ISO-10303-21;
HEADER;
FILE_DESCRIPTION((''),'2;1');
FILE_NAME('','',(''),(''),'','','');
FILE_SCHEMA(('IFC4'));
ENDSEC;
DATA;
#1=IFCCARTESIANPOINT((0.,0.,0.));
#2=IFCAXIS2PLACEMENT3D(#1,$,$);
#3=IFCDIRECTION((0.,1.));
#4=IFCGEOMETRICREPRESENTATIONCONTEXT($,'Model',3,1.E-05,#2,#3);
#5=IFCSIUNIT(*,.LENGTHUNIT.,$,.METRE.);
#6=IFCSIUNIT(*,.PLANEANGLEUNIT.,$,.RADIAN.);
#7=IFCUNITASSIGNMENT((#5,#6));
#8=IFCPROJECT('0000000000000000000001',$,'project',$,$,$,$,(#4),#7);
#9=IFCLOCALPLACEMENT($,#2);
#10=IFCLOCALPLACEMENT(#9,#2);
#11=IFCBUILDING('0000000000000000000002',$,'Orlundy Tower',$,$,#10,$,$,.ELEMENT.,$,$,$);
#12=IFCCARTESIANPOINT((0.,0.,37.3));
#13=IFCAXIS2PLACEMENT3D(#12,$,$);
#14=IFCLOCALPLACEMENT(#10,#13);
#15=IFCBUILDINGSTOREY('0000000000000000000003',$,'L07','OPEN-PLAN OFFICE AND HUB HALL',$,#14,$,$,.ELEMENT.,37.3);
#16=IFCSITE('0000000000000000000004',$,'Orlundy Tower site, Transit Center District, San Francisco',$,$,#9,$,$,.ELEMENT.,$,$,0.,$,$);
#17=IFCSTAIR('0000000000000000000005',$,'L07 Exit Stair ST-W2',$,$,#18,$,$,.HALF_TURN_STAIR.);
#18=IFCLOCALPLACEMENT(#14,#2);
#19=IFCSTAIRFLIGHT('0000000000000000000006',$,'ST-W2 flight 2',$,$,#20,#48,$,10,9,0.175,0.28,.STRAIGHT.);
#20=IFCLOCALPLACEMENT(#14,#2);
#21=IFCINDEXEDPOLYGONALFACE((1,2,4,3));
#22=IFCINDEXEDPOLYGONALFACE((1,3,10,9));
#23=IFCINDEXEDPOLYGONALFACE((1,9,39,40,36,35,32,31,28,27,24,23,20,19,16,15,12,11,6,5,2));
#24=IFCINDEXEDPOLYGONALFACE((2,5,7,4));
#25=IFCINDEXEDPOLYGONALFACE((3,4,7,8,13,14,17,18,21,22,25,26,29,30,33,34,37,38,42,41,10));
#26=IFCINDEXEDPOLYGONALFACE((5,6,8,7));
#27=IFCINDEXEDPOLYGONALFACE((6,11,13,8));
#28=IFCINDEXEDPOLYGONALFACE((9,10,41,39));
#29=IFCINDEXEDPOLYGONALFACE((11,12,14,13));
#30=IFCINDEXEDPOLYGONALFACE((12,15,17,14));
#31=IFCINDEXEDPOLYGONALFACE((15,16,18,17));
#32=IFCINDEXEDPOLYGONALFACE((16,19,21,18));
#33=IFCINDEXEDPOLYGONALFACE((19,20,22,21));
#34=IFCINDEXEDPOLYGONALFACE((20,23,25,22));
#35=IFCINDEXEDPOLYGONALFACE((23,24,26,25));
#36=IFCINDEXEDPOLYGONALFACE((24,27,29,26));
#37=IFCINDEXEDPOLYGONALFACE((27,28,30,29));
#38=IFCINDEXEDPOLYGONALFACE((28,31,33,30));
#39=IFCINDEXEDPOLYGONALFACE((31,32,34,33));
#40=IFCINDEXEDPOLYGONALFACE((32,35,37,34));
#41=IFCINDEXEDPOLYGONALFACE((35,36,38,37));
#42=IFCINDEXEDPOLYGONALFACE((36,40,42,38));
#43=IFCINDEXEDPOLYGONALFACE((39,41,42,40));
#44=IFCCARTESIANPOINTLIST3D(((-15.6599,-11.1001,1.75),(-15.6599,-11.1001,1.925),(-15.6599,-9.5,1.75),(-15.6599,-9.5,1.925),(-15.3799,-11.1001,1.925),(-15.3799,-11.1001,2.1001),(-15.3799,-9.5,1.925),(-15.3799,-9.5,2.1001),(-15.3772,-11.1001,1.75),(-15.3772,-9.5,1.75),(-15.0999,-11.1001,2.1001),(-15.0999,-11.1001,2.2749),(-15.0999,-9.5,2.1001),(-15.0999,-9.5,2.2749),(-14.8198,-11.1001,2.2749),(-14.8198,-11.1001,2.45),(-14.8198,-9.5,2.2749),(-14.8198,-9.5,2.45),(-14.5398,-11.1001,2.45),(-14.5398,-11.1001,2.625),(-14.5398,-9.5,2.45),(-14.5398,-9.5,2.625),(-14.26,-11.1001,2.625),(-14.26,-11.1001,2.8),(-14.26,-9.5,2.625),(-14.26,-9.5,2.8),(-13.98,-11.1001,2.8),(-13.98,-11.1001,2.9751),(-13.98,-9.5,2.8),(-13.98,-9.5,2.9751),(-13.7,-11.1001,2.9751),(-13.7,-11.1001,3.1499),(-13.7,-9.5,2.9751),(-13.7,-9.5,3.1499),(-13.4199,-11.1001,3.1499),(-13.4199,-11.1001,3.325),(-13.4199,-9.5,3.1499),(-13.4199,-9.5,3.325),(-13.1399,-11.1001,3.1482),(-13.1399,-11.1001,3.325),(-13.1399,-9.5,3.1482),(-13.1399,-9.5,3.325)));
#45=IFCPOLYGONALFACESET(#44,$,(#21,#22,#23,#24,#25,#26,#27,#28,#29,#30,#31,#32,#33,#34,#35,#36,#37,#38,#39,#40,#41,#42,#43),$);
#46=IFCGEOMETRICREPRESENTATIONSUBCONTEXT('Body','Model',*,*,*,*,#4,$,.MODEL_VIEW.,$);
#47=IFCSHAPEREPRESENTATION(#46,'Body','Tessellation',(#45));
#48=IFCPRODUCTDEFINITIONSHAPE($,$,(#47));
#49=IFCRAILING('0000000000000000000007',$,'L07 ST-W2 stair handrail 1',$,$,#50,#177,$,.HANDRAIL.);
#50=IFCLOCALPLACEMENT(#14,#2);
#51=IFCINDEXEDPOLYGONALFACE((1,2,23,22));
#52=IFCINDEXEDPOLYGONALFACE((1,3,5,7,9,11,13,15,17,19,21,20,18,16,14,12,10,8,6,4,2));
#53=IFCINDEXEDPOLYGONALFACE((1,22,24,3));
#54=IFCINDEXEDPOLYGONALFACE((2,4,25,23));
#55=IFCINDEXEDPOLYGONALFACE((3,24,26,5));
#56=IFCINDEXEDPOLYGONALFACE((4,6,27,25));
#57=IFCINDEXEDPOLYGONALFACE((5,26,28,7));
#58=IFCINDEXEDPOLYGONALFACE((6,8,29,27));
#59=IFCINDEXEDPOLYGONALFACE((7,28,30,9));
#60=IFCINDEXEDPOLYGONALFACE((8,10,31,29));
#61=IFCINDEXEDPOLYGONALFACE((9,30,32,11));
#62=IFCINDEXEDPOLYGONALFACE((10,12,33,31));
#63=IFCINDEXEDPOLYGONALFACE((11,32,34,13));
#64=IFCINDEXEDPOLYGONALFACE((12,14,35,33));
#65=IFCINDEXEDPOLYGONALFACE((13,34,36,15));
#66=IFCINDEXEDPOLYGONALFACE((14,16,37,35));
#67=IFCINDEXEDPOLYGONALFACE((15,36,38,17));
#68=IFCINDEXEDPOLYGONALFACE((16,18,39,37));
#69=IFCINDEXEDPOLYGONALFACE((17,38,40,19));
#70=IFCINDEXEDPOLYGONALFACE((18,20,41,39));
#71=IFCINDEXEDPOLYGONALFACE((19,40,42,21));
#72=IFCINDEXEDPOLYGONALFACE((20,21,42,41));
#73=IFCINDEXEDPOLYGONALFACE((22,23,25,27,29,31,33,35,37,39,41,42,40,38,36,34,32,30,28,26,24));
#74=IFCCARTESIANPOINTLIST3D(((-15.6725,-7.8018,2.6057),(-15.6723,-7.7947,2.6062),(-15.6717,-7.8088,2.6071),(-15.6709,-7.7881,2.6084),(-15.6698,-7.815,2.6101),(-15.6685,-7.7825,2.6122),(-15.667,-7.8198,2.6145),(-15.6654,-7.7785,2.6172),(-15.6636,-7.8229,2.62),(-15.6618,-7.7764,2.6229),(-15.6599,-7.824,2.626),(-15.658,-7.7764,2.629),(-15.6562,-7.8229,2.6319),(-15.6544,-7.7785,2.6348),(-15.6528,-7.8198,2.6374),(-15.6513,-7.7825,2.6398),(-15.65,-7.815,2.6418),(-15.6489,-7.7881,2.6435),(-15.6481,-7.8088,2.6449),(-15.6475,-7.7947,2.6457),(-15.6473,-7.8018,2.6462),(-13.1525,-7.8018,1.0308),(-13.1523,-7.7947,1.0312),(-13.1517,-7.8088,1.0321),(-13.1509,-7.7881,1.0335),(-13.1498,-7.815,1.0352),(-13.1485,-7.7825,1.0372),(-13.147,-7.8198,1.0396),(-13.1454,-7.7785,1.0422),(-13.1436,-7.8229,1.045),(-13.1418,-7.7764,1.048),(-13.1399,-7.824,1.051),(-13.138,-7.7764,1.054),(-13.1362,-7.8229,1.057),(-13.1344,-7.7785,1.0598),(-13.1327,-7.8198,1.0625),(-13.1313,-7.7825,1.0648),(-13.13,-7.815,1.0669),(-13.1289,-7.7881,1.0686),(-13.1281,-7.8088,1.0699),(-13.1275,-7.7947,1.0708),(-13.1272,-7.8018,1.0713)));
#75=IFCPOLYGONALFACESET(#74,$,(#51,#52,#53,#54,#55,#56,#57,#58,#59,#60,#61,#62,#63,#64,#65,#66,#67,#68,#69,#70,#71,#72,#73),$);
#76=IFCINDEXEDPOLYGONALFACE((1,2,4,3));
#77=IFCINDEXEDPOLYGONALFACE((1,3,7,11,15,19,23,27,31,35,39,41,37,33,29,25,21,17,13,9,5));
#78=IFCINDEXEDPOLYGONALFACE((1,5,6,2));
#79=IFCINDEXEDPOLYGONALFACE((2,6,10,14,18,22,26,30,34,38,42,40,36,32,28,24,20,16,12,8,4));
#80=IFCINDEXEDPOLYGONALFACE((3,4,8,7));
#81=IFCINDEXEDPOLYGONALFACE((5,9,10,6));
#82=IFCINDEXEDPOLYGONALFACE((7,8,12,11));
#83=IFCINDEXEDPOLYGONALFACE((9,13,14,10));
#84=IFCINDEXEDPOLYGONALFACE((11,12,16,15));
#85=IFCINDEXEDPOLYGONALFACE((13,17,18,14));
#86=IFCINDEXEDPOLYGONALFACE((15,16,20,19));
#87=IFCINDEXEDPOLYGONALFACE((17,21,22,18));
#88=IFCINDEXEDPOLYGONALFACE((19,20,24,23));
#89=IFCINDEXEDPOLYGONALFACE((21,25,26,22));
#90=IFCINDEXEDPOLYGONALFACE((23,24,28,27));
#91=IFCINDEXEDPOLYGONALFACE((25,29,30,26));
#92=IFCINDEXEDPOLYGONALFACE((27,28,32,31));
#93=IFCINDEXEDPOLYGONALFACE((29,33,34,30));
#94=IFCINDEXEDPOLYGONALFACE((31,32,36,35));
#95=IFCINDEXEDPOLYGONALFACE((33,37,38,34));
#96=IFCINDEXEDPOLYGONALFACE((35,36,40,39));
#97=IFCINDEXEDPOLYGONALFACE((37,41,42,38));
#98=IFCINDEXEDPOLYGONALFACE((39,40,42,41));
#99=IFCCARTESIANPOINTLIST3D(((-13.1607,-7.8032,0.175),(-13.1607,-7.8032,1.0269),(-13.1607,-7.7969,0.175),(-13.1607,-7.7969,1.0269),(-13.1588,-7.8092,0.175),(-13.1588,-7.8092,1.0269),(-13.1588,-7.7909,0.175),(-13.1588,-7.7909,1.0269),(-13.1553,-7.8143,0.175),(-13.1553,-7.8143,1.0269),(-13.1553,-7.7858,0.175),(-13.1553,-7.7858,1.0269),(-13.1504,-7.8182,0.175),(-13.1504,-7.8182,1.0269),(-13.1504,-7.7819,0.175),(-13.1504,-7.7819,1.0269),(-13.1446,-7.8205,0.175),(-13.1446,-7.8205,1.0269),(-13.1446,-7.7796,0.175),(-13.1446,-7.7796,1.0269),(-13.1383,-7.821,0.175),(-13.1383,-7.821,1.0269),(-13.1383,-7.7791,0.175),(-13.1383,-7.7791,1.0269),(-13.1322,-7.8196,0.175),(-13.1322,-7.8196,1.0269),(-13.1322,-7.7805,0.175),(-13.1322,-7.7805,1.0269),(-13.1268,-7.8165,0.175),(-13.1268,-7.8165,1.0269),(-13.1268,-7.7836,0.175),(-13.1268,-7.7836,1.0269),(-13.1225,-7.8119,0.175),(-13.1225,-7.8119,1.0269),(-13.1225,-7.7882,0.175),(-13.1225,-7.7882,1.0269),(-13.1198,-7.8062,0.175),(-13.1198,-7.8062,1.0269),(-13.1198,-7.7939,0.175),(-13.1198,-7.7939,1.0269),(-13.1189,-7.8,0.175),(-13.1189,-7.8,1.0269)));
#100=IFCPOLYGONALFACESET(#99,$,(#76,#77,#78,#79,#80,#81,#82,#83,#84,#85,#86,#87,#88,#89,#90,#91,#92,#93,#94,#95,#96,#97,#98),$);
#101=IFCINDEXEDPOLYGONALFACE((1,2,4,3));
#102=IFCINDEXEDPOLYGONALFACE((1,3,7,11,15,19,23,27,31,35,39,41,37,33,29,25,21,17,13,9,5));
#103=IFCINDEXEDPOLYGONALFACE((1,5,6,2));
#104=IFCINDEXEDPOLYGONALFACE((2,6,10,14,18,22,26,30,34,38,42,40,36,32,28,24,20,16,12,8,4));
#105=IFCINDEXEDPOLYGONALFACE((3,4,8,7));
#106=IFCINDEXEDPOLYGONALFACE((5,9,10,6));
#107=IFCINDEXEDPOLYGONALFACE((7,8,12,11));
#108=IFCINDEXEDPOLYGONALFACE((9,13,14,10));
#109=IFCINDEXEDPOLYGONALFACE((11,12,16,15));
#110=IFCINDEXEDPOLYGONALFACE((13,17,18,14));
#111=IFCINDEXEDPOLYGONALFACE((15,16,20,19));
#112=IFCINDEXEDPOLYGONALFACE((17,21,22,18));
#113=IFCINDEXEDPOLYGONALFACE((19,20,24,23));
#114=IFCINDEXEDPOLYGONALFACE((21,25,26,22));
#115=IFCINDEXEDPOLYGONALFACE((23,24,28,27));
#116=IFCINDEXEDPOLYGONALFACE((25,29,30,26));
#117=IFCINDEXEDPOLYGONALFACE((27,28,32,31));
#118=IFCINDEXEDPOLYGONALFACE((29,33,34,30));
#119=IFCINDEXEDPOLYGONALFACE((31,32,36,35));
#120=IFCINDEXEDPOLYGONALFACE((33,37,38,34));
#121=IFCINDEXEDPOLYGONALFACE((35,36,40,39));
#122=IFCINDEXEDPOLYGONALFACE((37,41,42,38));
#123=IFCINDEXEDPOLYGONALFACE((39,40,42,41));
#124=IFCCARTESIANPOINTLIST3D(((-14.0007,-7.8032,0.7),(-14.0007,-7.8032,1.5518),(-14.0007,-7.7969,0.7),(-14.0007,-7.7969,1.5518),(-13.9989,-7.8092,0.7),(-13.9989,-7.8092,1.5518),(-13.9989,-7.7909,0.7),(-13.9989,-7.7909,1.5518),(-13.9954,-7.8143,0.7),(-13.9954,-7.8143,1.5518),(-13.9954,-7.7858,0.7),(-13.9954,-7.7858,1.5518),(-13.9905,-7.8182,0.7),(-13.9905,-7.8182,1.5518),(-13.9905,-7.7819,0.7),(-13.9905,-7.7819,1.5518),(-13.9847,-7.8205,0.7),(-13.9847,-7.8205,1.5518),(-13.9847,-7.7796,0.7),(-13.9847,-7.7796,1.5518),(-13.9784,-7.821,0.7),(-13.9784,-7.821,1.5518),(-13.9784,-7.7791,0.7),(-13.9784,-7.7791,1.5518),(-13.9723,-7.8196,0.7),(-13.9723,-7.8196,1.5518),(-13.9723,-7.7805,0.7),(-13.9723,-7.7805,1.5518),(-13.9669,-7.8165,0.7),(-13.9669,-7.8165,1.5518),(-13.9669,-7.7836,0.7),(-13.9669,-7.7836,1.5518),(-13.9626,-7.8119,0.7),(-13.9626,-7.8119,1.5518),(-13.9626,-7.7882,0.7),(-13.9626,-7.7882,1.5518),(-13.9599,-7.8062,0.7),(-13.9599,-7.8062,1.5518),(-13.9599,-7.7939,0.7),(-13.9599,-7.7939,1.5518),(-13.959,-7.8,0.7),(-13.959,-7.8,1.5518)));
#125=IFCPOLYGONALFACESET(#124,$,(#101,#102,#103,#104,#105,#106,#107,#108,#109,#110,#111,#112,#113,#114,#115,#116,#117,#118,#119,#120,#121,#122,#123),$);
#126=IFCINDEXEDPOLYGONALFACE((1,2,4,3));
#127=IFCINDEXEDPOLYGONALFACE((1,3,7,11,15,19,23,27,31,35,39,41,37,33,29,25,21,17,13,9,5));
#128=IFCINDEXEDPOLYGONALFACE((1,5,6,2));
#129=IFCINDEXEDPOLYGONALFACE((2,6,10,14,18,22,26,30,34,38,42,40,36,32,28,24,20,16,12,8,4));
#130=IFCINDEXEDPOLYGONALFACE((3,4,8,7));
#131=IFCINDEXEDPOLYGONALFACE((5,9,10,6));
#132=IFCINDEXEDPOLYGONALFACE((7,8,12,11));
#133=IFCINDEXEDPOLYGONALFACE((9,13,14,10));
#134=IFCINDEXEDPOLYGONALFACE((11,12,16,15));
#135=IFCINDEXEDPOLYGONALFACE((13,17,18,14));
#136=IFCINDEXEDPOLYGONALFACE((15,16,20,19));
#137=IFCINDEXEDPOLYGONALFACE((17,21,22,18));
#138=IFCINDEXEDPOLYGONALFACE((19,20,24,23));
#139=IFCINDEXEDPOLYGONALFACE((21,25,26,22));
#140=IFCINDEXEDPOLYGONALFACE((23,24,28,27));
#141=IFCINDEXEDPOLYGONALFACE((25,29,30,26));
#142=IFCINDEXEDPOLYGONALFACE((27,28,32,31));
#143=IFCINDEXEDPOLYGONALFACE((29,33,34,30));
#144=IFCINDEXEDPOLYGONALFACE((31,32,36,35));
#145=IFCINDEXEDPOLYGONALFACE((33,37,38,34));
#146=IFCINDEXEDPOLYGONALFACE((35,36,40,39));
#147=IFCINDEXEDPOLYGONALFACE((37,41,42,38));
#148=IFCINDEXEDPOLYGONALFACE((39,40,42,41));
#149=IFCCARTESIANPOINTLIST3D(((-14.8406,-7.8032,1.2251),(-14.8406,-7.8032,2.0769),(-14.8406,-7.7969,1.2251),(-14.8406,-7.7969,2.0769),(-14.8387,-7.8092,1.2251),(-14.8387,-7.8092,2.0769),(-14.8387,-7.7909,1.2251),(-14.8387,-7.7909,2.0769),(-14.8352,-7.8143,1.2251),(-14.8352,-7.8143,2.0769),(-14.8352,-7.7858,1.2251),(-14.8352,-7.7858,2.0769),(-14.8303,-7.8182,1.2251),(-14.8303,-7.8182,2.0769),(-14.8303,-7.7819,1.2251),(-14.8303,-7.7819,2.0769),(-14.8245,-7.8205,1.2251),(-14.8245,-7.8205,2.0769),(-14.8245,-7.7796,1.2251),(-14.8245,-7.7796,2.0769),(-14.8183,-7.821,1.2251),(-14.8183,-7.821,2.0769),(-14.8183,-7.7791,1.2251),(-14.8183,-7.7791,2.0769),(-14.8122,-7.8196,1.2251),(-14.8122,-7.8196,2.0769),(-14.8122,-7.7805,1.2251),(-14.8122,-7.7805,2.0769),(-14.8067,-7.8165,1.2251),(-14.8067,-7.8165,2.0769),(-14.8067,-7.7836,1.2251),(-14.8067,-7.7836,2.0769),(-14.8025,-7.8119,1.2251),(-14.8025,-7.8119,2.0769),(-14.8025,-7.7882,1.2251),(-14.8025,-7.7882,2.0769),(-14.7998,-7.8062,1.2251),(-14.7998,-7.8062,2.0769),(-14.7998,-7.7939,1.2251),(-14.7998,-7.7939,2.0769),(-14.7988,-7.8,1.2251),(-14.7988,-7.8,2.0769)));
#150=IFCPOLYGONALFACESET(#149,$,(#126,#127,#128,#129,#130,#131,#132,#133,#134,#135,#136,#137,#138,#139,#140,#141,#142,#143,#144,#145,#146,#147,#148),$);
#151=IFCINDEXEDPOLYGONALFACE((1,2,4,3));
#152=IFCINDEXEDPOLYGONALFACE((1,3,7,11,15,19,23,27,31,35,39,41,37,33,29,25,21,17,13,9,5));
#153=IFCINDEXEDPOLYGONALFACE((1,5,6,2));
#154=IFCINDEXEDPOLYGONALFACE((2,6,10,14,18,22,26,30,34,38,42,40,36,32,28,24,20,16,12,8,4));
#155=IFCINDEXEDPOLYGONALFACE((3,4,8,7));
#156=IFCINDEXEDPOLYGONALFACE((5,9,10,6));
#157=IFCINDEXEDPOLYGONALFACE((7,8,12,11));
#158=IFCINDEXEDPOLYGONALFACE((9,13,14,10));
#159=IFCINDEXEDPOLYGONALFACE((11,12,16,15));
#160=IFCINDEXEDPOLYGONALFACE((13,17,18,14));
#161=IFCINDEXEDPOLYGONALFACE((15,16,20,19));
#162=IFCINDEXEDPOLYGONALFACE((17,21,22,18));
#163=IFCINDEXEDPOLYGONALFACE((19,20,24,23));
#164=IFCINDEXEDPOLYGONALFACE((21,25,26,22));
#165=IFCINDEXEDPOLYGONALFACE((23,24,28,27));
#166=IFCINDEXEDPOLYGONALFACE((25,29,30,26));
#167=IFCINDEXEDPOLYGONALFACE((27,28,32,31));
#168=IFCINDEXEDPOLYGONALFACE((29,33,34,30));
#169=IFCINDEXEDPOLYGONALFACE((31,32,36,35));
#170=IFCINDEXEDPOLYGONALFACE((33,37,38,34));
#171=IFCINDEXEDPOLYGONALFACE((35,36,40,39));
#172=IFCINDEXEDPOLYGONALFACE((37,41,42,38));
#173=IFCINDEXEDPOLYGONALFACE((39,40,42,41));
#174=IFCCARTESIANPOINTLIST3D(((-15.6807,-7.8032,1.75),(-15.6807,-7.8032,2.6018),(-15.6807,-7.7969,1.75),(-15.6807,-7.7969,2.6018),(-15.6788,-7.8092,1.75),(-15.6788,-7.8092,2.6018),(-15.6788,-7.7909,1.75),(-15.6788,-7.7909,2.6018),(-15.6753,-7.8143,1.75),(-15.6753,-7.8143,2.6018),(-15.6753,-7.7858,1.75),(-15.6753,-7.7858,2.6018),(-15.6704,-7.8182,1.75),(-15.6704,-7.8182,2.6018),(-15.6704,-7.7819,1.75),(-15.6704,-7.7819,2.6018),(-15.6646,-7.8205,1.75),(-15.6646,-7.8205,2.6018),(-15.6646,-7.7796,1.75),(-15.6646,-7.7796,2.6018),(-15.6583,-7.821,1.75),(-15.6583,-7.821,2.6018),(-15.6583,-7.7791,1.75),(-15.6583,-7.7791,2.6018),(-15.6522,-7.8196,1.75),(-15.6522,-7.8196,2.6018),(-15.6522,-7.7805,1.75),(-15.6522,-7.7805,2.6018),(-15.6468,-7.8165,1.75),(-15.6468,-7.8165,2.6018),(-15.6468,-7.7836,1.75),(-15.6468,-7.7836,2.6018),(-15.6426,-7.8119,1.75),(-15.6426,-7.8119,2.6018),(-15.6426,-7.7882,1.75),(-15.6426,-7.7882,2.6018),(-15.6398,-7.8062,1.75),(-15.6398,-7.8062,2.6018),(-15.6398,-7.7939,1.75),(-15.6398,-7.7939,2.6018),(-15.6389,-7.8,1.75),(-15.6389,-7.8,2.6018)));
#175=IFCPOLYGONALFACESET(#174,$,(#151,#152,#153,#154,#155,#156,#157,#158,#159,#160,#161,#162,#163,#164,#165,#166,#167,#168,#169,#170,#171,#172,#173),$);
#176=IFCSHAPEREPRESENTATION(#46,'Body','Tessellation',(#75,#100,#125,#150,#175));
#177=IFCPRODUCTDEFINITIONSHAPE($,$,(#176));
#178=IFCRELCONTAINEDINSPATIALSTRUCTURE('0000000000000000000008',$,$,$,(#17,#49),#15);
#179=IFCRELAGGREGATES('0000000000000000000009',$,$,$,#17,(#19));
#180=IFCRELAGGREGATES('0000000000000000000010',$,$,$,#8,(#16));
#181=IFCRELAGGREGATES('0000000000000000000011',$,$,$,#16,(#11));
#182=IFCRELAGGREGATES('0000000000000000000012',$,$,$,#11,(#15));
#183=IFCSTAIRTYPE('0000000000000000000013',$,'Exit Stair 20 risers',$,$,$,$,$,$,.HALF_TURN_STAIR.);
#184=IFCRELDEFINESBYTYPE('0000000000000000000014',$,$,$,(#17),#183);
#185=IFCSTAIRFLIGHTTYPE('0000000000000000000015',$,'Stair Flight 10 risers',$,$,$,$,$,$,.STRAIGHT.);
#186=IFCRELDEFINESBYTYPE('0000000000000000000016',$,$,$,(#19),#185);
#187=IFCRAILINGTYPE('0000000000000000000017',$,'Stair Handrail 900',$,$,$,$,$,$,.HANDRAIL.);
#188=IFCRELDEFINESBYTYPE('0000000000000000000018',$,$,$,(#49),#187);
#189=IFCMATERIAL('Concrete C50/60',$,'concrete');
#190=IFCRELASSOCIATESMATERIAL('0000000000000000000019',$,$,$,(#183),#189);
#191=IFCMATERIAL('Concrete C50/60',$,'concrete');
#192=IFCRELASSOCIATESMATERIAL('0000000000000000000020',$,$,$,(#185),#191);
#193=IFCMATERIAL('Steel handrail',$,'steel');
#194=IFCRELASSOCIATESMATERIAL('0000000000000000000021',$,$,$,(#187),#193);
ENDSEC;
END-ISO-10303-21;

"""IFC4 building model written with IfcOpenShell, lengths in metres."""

from ifc_helpers import new_model, si_unit, direction, frame, origin, origin_2d, place, context, subcontext, project, spatial, polyline, circle, outline, extrude, material, type_object, element, aggregate, save


model = new_model("IFC4")

# Units and contexts
model_context = context("Model", 3, precision=1e-05, world=origin(), true_north=direction((0.0, 1.0)))
body_context = subcontext(model_context, "Body", "Model", "MODEL_VIEW")
ifc_project = project(units=[si_unit("LENGTHUNIT", "METRE"), si_unit("PLANEANGLEUNIT", "RADIAN")], contexts=[model_context])

# Site, building, storey
site_placement = place(None, origin())
site = spatial("IfcSite", under=ifc_project, at=site_placement, Name="Orlundy Tower site, Transit Center District, San Francisco", CompositionType="ELEMENT", RefElevation=0.0)
building_placement = place(site_placement, origin())
building = spatial("IfcBuilding", under=site, at=building_placement, Name="Orlundy Tower", CompositionType="ELEMENT")
storey_placement = place(building_placement, frame((0.0, 0.0, 37.3)))
storey = spatial("IfcBuildingStorey", under=building, at=storey_placement, Name="L07", Description="OPEN-PLAN OFFICE AND HUB HALL", CompositionType="ELEMENT", Elevation=37.3)

# Stair, stair flight
ifc_material_1 = material(Name="Concrete C50/60", Category="concrete")
stair_type = type_object("IfcStairType", Name="Exit Stair 20 risers", PredefinedType="HALF_TURN_STAIR", material=ifc_material_1)
stair_placement = place(storey_placement, origin())
stair = element("IfcStair", 1, at=stair_placement, inside=storey, type_object=stair_type, Name="L07 Exit Stair ST-W2", PredefinedType="HALF_TURN_STAIR")
ifc_material_2 = material(Name="Concrete C50/60", Category="concrete")
stair_flight_type = type_object("IfcStairFlightType", Name="Stair Flight 10 risers", PredefinedType="STRAIGHT", material=ifc_material_2)
stair_flight_1_placement = place(storey_placement, frame((-15.6599, -10.3, 1.75), z_axis=(0.0, 0.0, 1.0), x_axis=(1.0, 0.0, 0.0)))
stair_flight_1 = element("IfcStairFlight", 2, at=stair_flight_1_placement, type_object=stair_flight_type, Name="ST-W2 flight 2", NumberOfRisers=10, NumberOfTreads=9, PredefinedType="STRAIGHT", RiserHeight=0.175, TreadLength=0.28, context=body_context, shape_type="SweptSolid", body=[
    extrude(outline(polyline([(0.0, 0.0), (0.0, 0.175), (0.28, 0.175), (0.28, 0.3501), (0.5601, 0.3501), (0.5601, 0.5249), (0.8401, 0.5249), (0.8401, 0.7), (1.1201, 0.7), (1.1201, 0.875), (1.3999, 0.875), (1.3999, 1.05), (1.6799, 1.05), (1.6799, 1.2251), (1.96, 1.2251), (1.96, 1.3999), (2.24, 1.3999), (2.24, 1.575), (2.52, 1.575), (2.52, 1.75), (2.52, 1.3982), (0.2827, 0.0), (0.0, 0.0)])), frame((0.0, 0.8, 0.0), z_axis=(0.0, -1.0, 0.0), x_axis=(1.0, 0.0, 0.0)), (0.0, 0.0, 1.0), 1.6001),
])
aggregate(stair, [stair_flight_1])

# Railing
ifc_material_3 = material(Name="Steel handrail", Category="steel")
railing_type_1 = type_object("IfcRailingType", Name="Stair Handrail 900", PredefinedType="HANDRAIL", material=ifc_material_3)
railing_1_placement = place(storey_placement, frame((-13.1399, -7.8, 0.175)))
element("IfcRailing", 3, at=railing_1_placement, inside=storey, type_object=railing_type_1, Name="L07 ST-W2 stair handrail 1", PredefinedType="HANDRAIL", context=body_context, shape_type="SweptSolid", body=[
    extrude(circle(Radius=0.0239, at=origin_2d()), frame((0.0, 0.0, 0.876), z_axis=(-0.848008, 0.0, 0.529984), x_axis=(0.0, -1.0, 0.0)), (0.0, 0.0, 1.0), 2.9717),
    extrude(circle(Radius=0.021, at=origin_2d()), origin(), (0.0, 0.0, 1.0), 0.8518),
    extrude(circle(Radius=0.021, at=origin_2d()), frame((-0.8401, 0.0, 0.5249)), (0.0, 0.0, 1.0), 0.8518),
    extrude(circle(Radius=0.021, at=origin_2d()), frame((-1.6799, 0.0, 1.05)), (0.0, 0.0, 1.0), 0.8518),
    extrude(circle(Radius=0.021, at=origin_2d()), frame((-2.52, 0.0, 1.575)), (0.0, 0.0, 1.0), 0.8518),
])

save(model, "model.ifc")
